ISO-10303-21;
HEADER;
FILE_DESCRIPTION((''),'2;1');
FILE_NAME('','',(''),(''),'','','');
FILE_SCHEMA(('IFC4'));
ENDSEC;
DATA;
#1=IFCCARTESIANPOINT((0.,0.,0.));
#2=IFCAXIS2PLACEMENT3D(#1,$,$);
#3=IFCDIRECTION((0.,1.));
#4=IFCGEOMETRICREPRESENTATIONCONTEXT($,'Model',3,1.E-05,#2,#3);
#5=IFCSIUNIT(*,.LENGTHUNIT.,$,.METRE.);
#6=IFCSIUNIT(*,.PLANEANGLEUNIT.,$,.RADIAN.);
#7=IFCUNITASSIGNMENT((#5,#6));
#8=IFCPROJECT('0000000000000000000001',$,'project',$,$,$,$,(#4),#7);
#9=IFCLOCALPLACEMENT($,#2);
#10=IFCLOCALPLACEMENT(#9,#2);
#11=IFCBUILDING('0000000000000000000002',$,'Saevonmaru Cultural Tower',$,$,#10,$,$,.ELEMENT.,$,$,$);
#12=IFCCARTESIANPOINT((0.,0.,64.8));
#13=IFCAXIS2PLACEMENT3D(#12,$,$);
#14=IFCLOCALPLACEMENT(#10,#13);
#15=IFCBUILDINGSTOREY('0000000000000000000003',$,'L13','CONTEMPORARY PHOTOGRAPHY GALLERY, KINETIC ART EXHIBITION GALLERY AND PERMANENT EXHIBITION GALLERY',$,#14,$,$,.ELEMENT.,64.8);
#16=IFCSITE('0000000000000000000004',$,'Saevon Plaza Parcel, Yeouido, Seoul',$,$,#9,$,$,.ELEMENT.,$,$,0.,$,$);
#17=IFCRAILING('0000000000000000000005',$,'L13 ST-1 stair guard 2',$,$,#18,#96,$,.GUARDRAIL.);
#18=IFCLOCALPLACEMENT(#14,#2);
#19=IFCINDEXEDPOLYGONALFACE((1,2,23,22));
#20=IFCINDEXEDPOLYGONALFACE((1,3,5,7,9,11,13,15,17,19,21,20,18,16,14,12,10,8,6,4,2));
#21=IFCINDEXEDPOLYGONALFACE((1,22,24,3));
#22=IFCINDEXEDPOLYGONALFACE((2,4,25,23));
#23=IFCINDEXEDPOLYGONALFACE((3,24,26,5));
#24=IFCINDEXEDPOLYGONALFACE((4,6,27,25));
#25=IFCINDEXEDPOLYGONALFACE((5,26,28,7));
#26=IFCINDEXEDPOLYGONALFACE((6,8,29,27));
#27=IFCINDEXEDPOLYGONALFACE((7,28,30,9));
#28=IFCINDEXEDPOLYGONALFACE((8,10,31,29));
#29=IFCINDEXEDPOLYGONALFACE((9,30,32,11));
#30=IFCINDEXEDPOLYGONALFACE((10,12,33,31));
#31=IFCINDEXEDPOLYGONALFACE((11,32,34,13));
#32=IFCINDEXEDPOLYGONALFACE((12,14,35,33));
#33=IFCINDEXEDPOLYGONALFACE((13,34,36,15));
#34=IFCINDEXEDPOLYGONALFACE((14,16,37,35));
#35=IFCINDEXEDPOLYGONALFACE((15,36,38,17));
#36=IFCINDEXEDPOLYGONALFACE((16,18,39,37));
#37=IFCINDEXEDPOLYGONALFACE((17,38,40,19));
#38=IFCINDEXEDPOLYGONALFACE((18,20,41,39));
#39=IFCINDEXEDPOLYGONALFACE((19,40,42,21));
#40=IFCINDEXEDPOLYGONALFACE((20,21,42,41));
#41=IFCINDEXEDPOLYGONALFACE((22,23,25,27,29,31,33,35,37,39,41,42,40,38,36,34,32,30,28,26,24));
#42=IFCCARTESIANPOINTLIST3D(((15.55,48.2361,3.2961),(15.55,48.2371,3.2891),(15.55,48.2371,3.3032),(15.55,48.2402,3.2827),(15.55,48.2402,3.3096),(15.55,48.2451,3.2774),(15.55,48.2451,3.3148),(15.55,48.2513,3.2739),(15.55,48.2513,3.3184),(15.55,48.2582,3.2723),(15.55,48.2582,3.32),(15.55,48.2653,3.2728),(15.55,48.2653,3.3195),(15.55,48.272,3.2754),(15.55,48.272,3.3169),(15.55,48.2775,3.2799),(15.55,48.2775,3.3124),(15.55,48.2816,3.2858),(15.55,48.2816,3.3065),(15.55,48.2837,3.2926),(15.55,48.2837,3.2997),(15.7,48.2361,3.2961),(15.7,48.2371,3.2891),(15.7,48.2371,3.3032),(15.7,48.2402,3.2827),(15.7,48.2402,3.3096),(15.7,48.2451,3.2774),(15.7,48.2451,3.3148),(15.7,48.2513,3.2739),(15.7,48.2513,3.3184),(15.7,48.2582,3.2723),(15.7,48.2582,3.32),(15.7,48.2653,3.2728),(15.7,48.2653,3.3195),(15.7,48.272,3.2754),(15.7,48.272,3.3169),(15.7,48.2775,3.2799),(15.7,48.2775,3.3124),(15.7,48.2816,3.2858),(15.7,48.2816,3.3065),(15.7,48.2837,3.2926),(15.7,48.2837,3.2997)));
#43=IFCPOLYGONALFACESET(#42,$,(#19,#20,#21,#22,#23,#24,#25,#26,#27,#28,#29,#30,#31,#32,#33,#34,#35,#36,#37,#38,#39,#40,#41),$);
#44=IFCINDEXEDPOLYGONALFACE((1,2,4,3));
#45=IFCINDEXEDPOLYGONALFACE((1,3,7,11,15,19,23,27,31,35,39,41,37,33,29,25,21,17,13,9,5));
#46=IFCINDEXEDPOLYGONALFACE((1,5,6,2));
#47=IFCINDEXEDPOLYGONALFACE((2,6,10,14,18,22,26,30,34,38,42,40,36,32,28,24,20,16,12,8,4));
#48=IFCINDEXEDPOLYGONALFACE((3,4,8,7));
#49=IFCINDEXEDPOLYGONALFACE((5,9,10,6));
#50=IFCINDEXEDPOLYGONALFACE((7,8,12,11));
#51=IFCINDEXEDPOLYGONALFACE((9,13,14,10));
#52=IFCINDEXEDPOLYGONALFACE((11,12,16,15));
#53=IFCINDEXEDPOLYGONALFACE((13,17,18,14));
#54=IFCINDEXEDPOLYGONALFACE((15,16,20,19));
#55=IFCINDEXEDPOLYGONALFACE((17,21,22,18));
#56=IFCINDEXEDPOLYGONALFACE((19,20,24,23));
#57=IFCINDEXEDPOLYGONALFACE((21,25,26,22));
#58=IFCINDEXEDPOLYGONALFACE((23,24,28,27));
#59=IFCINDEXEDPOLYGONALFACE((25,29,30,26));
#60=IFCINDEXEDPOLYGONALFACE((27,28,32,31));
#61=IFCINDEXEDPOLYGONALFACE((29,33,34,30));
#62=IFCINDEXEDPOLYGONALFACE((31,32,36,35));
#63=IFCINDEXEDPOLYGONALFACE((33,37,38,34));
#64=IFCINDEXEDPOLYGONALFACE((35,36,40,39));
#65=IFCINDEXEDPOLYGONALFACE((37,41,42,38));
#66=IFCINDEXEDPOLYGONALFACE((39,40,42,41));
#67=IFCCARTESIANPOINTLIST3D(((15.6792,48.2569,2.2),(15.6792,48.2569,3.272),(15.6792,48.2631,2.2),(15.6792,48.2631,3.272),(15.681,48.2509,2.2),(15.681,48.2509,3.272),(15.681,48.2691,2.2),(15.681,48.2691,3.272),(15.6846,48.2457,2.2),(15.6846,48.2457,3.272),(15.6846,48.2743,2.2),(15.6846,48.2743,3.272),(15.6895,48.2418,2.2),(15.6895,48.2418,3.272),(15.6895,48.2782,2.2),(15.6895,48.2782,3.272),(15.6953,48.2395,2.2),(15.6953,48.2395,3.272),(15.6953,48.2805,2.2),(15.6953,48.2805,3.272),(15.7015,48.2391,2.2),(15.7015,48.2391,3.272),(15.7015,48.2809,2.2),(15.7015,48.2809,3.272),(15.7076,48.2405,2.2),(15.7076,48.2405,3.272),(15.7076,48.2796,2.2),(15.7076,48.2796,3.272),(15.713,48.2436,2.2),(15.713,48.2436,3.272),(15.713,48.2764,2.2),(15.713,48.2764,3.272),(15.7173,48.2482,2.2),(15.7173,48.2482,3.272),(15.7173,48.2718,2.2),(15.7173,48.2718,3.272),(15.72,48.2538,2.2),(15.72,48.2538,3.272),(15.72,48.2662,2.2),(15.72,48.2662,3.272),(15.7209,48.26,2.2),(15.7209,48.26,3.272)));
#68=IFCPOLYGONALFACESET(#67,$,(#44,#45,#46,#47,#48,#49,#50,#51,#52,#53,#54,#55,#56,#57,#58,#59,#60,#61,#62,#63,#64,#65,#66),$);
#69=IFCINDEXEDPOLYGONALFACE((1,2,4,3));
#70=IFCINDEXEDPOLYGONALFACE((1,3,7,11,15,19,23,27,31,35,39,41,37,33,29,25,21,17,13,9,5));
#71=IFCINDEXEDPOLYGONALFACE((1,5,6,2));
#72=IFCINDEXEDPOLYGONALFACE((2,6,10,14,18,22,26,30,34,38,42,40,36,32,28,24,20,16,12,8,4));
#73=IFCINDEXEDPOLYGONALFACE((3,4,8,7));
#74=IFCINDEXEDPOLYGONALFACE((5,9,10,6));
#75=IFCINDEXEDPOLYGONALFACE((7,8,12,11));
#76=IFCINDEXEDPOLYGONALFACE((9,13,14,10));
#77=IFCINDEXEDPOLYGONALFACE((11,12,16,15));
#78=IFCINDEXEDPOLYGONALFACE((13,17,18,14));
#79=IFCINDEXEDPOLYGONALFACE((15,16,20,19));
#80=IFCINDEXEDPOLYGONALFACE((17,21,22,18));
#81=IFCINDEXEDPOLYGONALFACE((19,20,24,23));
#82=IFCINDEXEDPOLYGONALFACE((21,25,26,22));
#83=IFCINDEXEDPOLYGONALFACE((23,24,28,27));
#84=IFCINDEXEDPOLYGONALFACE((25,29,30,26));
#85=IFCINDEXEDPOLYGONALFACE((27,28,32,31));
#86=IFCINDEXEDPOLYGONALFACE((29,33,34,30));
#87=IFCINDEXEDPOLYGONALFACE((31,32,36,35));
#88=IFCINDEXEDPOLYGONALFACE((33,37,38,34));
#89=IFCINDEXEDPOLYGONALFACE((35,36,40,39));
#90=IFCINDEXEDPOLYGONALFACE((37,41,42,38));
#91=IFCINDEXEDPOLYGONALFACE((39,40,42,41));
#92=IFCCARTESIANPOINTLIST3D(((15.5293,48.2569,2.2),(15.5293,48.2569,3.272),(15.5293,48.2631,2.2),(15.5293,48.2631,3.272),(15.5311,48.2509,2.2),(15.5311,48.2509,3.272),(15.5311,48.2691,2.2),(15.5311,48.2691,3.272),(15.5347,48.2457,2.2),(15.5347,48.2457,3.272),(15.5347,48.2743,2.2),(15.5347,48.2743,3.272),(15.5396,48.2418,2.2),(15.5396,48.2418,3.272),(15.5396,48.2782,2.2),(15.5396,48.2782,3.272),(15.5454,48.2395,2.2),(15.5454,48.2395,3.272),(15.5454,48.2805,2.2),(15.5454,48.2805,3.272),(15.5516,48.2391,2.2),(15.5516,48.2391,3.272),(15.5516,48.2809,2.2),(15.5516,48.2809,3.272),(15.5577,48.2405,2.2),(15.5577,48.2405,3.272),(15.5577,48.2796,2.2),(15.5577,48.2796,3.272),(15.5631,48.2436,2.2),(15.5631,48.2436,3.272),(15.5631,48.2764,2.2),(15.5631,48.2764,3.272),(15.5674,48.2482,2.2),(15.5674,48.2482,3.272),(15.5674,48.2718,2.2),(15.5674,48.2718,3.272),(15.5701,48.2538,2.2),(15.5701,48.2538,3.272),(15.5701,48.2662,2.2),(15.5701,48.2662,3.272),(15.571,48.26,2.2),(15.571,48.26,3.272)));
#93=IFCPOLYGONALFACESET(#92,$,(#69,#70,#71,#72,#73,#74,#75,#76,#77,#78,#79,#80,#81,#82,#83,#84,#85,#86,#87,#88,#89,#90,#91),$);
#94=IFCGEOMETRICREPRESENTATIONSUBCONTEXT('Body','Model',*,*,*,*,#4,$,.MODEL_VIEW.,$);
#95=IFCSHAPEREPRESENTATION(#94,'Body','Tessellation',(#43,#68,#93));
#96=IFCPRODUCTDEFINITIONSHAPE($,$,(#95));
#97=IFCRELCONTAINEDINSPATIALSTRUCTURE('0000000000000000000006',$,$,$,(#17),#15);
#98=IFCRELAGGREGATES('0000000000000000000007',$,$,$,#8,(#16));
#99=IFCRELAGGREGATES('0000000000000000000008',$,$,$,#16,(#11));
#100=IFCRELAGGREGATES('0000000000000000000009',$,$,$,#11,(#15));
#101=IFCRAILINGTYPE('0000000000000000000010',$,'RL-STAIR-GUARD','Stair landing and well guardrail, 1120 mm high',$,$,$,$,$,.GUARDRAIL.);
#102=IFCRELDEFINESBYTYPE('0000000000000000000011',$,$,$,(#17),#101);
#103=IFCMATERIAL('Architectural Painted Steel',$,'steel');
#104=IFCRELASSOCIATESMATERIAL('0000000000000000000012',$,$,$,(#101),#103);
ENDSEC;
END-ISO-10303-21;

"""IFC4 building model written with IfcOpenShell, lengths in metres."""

from ifc_helpers import new_model, si_unit, direction, frame, origin, origin_2d, place, context, subcontext, project, spatial, circle, extrude, material, type_object, element, save


model = new_model("IFC4")

# Units and contexts
model_context = context("Model", 3, precision=1e-05, world=origin(), true_north=direction((0.0, 1.0)))
body_context = subcontext(model_context, "Body", "Model", "MODEL_VIEW")
ifc_project = project(units=[si_unit("LENGTHUNIT", "METRE"), si_unit("PLANEANGLEUNIT", "RADIAN")], contexts=[model_context])

# Site, building, storey
site_placement = place(None, origin())
site = spatial("IfcSite", under=ifc_project, at=site_placement, Name="Saevon Plaza Parcel, Yeouido, Seoul", CompositionType="ELEMENT", RefElevation=0.0)
building_placement = place(site_placement, origin())
building = spatial("IfcBuilding", under=site, at=building_placement, Name="Saevonmaru Cultural Tower", CompositionType="ELEMENT")
storey_placement = place(building_placement, frame((0.0, 0.0, 64.8)))
storey = spatial("IfcBuildingStorey", under=building, at=storey_placement, Name="L13", Description="CONTEMPORARY PHOTOGRAPHY GALLERY, KINETIC ART EXHIBITION GALLERY AND PERMANENT EXHIBITION GALLERY", CompositionType="ELEMENT", Elevation=64.8)

# Railing
ifc_material_1 = material(Name="Architectural Painted Steel", Category="steel")
railing_type = type_object("IfcRailingType", Name="RL-STAIR-GUARD", Description="Stair landing and well guardrail, 1120 mm high", PredefinedType="GUARDRAIL", material=ifc_material_1)
railing_1_placement = place(storey_placement, frame((15.7, 48.26, 2.2)))
element("IfcRailing", 1, at=railing_1_placement, inside=storey, type_object=railing_type, Name="L13 ST-1 stair guard 2", PredefinedType="GUARDRAIL", context=body_context, shape_type="SweptSolid", body=[
    extrude(circle(Radius=0.0239, at=origin_2d()), frame((0.0, 0.0, 1.0962), z_axis=(-1.0, 0.0, 0.0), x_axis=(0.0, -1.0, 0.0)), (0.0, 0.0, 1.0), 0.1499),
    extrude(circle(Radius=0.021, at=origin_2d()), origin(), (0.0, 0.0, 1.0), 1.072),
    extrude(circle(Radius=0.021, at=origin_2d()), frame((-0.1499, 0.0, 0.0)), (0.0, 0.0, 1.0), 1.072),
])

save(model, "model.ifc")
